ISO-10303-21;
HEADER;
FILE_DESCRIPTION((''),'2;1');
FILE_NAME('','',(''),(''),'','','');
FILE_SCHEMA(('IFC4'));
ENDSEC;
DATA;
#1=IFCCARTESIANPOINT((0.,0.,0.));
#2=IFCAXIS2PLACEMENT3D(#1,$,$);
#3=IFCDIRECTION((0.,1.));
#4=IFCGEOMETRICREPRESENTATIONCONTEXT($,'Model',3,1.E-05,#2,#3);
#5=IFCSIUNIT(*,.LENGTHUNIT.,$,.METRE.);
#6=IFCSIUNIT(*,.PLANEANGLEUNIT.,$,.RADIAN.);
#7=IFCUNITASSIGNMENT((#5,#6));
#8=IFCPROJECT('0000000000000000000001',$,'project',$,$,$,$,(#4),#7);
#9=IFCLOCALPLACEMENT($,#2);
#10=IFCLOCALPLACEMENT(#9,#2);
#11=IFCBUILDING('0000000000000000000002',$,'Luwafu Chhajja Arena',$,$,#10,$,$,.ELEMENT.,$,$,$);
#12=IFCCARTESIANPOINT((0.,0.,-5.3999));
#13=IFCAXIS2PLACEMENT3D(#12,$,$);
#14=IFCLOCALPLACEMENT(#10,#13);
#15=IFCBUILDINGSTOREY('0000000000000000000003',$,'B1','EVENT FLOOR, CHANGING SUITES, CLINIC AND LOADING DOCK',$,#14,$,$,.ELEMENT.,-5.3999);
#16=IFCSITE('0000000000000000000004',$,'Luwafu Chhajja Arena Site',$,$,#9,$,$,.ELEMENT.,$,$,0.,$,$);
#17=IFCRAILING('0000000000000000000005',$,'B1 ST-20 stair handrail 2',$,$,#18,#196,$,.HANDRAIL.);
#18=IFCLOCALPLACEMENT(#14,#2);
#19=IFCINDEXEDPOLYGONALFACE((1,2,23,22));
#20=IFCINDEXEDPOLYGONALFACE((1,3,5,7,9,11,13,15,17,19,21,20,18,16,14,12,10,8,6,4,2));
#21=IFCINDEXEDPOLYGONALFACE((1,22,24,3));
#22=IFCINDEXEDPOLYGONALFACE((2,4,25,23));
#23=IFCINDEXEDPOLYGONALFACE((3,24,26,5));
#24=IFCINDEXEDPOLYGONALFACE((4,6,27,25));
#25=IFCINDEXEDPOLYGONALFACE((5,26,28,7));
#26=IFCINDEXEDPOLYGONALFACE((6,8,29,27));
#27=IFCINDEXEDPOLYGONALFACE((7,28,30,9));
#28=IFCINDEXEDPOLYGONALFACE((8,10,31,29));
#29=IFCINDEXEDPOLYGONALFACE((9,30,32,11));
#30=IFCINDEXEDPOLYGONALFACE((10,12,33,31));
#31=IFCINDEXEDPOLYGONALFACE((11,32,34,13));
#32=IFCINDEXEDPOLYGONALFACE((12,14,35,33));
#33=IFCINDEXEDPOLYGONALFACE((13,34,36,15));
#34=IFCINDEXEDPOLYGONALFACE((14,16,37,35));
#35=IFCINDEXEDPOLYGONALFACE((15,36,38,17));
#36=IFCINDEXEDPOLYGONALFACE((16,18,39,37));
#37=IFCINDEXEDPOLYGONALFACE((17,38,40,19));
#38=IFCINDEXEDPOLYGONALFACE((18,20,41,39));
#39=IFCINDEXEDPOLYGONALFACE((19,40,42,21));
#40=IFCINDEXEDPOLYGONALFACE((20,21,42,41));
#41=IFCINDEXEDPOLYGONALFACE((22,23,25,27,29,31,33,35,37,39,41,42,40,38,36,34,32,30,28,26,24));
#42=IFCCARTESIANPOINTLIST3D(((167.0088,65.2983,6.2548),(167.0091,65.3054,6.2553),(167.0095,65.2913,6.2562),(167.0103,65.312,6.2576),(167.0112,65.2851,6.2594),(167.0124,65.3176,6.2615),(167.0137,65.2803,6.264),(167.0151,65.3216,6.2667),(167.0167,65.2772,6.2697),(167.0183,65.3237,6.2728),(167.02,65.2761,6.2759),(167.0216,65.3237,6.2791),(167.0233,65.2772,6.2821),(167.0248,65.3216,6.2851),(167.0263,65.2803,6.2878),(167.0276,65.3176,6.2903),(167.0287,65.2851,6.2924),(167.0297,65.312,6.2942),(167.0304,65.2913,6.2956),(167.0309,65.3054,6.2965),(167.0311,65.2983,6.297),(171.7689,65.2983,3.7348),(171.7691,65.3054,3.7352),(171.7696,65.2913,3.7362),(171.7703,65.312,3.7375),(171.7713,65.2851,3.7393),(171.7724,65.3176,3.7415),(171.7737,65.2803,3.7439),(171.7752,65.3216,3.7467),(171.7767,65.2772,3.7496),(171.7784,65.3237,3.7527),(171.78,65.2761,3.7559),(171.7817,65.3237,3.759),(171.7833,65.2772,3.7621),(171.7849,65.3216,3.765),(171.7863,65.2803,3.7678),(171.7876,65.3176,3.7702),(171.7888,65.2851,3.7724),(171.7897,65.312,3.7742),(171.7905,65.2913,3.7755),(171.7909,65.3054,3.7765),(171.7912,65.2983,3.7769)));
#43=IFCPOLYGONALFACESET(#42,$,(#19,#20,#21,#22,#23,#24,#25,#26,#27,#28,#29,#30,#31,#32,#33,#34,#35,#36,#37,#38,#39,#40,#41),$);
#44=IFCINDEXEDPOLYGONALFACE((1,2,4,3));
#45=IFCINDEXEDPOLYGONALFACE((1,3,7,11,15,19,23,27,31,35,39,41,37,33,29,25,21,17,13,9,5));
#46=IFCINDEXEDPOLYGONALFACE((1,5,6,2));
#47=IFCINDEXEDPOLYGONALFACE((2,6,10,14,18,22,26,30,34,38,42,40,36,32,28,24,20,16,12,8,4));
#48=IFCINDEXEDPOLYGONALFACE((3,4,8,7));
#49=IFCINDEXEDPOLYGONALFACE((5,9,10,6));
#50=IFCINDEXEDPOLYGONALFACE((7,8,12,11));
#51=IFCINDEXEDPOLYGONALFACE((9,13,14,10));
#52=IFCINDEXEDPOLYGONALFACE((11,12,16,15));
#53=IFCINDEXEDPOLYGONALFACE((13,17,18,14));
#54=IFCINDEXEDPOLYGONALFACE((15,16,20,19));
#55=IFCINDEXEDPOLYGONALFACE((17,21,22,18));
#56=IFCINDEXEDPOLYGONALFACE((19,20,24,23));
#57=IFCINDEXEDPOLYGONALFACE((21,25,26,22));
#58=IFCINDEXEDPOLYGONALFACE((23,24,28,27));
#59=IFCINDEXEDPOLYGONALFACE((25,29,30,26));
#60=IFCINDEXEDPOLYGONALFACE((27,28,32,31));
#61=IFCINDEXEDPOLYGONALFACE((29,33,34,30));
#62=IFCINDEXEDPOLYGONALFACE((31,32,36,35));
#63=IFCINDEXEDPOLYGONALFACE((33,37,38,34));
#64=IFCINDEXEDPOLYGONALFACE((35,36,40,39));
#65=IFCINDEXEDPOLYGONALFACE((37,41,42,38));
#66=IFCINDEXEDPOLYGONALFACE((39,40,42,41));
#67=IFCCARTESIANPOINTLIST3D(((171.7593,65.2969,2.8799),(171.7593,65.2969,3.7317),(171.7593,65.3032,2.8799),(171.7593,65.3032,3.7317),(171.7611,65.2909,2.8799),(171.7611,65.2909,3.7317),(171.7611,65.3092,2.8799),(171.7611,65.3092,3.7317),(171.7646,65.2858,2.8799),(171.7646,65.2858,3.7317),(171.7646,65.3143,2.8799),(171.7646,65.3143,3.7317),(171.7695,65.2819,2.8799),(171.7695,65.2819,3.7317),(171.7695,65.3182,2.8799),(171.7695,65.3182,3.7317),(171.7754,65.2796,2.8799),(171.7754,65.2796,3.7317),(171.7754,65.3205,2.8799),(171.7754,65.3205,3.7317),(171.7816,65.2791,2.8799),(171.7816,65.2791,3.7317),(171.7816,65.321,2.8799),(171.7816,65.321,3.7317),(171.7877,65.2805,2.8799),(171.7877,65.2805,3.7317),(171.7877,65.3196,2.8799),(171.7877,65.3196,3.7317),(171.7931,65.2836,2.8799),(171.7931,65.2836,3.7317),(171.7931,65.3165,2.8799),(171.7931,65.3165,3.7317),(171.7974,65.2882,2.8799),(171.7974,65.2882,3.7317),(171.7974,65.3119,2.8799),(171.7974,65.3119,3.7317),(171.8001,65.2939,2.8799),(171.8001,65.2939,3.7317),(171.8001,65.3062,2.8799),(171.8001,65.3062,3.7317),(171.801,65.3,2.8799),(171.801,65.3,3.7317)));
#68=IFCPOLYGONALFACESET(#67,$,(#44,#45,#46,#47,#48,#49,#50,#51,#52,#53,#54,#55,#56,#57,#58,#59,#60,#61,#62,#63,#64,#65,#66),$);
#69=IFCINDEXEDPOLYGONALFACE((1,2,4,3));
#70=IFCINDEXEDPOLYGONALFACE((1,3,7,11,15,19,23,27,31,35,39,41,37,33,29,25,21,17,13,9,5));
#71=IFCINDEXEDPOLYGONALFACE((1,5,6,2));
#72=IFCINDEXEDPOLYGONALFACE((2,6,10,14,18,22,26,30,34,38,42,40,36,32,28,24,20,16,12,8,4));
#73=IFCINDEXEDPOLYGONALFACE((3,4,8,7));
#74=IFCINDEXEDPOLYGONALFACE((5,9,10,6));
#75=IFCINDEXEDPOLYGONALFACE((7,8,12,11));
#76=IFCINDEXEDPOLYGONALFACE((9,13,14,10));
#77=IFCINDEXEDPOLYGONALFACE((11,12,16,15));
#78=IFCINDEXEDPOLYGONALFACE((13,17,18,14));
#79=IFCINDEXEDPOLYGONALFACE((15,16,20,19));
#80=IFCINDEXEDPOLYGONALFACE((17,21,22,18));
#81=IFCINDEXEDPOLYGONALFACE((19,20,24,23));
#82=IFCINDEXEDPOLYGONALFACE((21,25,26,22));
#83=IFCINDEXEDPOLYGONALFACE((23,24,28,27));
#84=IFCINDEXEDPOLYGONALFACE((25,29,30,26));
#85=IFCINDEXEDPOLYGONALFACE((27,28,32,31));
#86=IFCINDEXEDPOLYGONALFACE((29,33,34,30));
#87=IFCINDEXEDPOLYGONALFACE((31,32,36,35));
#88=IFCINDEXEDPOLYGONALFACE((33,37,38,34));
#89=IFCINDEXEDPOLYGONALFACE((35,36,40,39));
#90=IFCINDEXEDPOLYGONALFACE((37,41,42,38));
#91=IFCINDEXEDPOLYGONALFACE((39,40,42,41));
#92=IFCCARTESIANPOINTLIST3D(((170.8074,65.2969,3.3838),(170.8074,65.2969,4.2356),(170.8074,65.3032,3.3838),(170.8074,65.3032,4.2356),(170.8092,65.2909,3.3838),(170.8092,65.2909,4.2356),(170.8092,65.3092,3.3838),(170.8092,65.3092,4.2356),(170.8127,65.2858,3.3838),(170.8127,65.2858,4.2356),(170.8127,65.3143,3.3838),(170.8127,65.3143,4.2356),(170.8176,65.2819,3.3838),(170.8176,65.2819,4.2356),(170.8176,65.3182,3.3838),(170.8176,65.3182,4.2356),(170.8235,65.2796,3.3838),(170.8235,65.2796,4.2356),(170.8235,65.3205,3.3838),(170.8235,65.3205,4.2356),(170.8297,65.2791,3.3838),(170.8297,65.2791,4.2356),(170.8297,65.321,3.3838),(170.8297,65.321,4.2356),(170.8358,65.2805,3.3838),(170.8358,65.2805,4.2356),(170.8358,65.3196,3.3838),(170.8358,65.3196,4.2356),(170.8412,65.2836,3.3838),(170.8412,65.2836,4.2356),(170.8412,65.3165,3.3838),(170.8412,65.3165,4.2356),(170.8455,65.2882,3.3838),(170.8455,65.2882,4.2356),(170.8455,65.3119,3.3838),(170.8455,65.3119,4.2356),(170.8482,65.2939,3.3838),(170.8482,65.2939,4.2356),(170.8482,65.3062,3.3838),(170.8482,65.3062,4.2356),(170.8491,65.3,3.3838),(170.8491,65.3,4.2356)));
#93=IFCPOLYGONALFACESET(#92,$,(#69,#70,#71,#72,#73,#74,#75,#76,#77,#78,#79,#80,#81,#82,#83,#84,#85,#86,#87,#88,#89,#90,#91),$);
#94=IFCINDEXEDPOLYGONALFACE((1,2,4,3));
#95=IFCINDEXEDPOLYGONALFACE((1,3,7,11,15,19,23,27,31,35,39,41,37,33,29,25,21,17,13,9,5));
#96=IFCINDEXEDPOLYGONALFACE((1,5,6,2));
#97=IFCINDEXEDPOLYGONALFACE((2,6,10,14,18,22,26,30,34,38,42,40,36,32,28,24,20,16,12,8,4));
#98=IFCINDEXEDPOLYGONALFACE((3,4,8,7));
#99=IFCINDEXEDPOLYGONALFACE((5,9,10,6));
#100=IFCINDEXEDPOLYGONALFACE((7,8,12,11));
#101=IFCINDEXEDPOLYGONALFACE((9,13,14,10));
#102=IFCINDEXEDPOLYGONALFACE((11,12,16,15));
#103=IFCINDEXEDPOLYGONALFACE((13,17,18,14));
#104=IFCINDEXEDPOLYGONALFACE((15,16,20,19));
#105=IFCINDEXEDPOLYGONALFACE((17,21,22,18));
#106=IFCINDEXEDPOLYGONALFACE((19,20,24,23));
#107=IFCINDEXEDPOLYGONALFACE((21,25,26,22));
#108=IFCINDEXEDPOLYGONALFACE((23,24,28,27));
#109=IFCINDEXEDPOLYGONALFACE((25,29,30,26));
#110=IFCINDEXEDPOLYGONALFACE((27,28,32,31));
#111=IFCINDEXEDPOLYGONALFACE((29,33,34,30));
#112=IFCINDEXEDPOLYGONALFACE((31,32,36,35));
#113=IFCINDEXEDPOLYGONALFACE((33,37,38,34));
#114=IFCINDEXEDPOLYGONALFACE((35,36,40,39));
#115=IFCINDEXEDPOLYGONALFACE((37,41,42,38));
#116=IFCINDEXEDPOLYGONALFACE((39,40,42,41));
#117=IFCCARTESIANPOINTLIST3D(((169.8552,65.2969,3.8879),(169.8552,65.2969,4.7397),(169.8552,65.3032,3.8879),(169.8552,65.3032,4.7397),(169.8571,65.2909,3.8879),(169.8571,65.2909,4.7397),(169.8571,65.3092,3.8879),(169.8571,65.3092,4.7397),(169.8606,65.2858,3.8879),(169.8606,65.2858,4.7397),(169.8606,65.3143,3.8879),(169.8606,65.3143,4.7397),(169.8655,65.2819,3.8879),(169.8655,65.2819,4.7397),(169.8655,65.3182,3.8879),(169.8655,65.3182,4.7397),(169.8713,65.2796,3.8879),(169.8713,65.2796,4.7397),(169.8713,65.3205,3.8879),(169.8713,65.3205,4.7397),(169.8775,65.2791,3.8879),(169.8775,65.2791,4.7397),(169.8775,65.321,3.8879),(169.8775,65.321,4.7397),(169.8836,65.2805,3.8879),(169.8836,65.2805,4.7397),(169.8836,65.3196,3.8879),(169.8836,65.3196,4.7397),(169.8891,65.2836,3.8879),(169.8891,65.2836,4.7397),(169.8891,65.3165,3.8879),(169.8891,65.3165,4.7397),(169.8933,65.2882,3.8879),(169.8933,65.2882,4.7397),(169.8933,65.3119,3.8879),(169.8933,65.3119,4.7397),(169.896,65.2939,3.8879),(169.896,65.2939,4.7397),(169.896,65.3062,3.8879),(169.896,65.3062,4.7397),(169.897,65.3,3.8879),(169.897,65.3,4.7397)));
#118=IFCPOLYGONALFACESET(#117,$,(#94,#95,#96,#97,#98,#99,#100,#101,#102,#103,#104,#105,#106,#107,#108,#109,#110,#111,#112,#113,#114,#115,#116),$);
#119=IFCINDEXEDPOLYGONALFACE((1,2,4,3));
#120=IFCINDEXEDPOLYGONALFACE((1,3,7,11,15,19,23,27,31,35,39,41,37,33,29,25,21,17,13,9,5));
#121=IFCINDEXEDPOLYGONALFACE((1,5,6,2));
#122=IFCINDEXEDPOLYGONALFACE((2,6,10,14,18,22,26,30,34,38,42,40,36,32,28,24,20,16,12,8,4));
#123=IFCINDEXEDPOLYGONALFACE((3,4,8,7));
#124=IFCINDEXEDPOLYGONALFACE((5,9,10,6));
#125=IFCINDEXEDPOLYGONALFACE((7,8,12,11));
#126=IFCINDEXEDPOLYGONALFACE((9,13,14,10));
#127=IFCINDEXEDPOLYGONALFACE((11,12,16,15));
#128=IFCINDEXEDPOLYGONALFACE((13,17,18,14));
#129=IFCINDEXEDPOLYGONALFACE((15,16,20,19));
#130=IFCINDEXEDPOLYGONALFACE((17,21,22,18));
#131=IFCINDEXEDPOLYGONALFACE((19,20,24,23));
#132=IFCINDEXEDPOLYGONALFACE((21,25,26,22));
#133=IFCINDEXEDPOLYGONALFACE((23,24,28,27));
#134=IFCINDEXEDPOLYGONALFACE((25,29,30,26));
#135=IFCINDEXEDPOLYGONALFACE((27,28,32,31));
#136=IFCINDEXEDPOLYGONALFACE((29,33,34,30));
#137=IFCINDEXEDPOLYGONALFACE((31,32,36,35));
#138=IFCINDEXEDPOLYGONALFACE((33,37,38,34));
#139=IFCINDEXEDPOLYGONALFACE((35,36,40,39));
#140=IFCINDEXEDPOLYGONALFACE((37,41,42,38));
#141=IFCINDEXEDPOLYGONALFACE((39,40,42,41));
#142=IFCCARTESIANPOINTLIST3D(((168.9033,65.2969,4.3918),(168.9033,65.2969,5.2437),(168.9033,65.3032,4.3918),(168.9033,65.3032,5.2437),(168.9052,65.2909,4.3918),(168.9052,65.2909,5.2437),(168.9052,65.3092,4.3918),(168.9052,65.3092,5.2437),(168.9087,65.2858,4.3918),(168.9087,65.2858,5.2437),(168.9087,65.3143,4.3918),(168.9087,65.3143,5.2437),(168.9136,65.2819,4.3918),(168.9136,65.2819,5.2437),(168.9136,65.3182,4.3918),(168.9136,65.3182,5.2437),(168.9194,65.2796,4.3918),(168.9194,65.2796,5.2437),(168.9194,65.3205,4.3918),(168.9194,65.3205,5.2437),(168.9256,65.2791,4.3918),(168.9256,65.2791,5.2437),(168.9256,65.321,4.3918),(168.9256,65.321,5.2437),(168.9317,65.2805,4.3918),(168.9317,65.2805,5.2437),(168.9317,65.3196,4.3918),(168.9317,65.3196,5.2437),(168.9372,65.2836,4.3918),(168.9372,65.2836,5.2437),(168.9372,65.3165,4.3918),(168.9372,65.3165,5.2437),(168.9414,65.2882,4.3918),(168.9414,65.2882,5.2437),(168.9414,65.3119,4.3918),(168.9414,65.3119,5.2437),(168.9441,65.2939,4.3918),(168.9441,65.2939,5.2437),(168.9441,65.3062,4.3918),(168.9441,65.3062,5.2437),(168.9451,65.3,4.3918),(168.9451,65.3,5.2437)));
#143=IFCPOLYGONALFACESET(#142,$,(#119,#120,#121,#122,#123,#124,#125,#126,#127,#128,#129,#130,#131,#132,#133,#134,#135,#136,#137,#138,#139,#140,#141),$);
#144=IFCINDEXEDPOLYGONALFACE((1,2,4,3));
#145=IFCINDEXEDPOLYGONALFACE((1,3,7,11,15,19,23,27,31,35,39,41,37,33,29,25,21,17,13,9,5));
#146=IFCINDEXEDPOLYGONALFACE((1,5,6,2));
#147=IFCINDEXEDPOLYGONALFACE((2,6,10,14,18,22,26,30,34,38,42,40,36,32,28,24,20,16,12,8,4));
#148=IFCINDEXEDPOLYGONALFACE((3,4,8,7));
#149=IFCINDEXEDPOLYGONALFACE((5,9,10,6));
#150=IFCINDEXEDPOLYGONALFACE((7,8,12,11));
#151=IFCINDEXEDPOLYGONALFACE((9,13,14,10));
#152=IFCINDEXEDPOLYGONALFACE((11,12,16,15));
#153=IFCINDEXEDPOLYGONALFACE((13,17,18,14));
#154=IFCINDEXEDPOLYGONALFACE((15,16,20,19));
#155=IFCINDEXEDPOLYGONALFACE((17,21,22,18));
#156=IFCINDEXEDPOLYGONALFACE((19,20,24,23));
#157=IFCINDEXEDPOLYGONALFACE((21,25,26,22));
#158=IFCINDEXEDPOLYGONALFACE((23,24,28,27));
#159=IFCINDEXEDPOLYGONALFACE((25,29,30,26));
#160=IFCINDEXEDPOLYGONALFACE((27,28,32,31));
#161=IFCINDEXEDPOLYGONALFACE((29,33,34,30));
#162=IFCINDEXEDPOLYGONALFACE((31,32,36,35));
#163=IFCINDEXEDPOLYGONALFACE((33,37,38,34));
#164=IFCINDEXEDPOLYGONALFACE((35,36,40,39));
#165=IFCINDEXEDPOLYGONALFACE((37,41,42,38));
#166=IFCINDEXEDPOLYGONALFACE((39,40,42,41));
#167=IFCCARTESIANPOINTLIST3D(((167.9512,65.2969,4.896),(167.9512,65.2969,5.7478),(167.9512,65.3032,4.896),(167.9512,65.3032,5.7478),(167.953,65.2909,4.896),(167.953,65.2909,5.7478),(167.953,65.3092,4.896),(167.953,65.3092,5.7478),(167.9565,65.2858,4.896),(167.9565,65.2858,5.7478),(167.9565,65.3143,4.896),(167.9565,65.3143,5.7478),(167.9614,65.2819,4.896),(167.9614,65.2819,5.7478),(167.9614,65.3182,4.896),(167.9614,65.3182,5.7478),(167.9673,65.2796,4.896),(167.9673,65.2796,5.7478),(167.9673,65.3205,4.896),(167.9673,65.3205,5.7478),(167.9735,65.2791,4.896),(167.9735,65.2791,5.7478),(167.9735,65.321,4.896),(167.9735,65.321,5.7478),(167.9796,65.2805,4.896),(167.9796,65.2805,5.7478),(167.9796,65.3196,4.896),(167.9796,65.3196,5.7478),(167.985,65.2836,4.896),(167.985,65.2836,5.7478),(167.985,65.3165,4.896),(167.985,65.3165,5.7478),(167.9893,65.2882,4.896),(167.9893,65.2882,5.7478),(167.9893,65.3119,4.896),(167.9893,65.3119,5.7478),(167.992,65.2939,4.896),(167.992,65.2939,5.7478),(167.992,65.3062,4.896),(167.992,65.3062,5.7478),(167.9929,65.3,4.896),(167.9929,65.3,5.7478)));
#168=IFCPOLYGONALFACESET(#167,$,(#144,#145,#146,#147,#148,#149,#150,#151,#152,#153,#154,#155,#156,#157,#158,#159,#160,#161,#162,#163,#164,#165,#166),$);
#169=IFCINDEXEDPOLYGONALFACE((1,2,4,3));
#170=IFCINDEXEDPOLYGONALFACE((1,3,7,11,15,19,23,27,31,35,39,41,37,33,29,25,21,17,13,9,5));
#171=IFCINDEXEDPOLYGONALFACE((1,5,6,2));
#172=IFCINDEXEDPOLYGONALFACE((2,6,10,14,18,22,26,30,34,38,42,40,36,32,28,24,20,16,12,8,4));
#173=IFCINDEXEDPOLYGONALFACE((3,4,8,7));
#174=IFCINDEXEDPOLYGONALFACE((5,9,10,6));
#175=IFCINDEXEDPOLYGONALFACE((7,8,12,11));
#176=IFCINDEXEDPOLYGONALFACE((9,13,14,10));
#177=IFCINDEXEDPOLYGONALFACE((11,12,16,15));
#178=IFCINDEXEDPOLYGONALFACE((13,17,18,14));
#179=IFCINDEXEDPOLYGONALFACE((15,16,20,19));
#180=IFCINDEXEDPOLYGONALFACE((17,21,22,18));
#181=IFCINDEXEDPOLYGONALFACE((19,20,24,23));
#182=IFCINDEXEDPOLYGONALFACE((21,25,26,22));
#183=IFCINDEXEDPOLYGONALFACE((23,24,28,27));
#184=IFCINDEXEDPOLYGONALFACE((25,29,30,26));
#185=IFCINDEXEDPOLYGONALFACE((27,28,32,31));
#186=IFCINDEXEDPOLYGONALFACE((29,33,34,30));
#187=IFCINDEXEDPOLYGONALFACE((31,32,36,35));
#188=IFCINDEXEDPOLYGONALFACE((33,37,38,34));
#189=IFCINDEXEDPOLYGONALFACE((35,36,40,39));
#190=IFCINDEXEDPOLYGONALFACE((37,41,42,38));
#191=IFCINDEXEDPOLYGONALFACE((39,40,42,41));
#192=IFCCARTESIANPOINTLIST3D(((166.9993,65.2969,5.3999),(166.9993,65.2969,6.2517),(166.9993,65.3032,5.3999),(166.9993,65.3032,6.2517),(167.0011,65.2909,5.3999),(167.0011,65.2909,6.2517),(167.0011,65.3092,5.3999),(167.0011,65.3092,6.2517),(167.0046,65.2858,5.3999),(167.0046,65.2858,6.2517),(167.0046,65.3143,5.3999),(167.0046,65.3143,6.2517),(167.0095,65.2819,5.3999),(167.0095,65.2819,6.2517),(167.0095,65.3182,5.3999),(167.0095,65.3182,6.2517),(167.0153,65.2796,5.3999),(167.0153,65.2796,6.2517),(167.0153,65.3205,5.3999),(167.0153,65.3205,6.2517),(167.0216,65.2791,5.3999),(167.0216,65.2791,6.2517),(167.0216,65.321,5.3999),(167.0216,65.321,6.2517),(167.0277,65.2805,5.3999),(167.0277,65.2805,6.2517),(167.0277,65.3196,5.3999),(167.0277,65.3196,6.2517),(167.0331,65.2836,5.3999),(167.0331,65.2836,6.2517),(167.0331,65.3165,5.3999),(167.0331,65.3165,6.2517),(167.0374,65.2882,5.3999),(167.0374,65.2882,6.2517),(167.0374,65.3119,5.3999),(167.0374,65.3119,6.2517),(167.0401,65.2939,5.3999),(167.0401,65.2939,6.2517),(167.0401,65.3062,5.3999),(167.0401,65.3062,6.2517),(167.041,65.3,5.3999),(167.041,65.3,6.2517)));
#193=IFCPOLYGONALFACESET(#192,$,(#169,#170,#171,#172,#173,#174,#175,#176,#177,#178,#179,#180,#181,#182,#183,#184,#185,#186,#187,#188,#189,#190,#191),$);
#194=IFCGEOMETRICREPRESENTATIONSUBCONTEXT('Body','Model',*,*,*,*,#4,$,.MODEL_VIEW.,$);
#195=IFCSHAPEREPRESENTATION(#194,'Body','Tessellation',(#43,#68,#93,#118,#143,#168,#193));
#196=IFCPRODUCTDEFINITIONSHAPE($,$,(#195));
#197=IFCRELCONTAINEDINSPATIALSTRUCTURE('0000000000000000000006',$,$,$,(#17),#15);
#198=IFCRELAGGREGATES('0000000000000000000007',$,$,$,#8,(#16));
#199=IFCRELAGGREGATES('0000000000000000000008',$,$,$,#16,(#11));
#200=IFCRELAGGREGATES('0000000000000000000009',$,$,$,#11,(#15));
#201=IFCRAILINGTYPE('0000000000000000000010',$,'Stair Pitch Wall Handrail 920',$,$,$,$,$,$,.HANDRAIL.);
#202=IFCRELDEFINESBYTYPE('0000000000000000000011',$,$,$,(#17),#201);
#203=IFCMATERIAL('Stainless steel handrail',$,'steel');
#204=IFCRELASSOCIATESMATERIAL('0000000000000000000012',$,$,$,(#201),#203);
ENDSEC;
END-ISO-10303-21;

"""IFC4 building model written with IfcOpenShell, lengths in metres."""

from ifc_helpers import new_model, si_unit, direction, frame, origin, origin_2d, place, context, subcontext, project, spatial, circle, extrude, material, type_object, element, save


model = new_model("IFC4")

# Units and contexts
model_context = context("Model", 3, precision=1e-05, world=origin(), true_north=direction((0.0, 1.0)))
body_context = subcontext(model_context, "Body", "Model", "MODEL_VIEW")
ifc_project = project(units=[si_unit("LENGTHUNIT", "METRE"), si_unit("PLANEANGLEUNIT", "RADIAN")], contexts=[model_context])

# Site, building, storey
site_placement = place(None, origin())
site = spatial("IfcSite", under=ifc_project, at=site_placement, Name="Luwafu Chhajja Arena Site", CompositionType="ELEMENT", RefElevation=0.0)
building_placement = place(site_placement, origin())
building = spatial("IfcBuilding", under=site, at=building_placement, Name="Luwafu Chhajja Arena", CompositionType="ELEMENT")
storey_placement = place(building_placement, frame((0.0, 0.0, -5.3999)))
storey = spatial("IfcBuildingStorey", under=building, at=storey_placement, Name="B1", Description="EVENT FLOOR, CHANGING SUITES, CLINIC AND LOADING DOCK", CompositionType="ELEMENT", Elevation=-5.3999)

# Railing
ifc_material_1 = material(Name="Stainless steel handrail", Category="steel")
railing_type_1 = type_object("IfcRailingType", Name="Stair Pitch Wall Handrail 920", PredefinedType="HANDRAIL", material=ifc_material_1)
for number, where, name in (
    (1, (171.78, 65.3, 2.8799), "B1 ST-20 stair handrail 2"),
):
    element("IfcRailing", number, at=place(storey_placement, frame(where)), inside=storey, type_object=railing_type_1, Name=name, PredefinedType="HANDRAIL", context=body_context, shape_type="SweptSolid", body=[
        extrude(circle(Radius=0.0239, at=origin_2d()), frame((0.0, 0.0, 0.876), z_axis=(-0.883787, 0.0, 0.46789), x_axis=(0.0, -1.0, 0.0)), (0.0, 0.0, 1.0), 5.386),
        extrude(circle(Radius=0.021, at=origin_2d()), origin(), (0.0, 0.0, 1.0), 0.8518),
        extrude(circle(Radius=0.021, at=origin_2d()), frame((-0.9519, 0.0, 0.5039)), (0.0, 0.0, 1.0), 0.8518),
        extrude(circle(Radius=0.021, at=origin_2d()), frame((-1.9041, 0.0, 1.0081)), (0.0, 0.0, 1.0), 0.8518),
        extrude(circle(Radius=0.021, at=origin_2d()), frame((-2.856, 0.0, 1.512)), (0.0, 0.0, 1.0), 0.8518),
        extrude(circle(Radius=0.021, at=origin_2d()), frame((-3.8081, 0.0, 2.0161)), (0.0, 0.0, 1.0), 0.8518),
        extrude(circle(Radius=0.021, at=origin_2d()), frame((-4.76, 0.0, 2.52)), (0.0, 0.0, 1.0), 0.8518),
    ])

save(model, "model.ifc")
